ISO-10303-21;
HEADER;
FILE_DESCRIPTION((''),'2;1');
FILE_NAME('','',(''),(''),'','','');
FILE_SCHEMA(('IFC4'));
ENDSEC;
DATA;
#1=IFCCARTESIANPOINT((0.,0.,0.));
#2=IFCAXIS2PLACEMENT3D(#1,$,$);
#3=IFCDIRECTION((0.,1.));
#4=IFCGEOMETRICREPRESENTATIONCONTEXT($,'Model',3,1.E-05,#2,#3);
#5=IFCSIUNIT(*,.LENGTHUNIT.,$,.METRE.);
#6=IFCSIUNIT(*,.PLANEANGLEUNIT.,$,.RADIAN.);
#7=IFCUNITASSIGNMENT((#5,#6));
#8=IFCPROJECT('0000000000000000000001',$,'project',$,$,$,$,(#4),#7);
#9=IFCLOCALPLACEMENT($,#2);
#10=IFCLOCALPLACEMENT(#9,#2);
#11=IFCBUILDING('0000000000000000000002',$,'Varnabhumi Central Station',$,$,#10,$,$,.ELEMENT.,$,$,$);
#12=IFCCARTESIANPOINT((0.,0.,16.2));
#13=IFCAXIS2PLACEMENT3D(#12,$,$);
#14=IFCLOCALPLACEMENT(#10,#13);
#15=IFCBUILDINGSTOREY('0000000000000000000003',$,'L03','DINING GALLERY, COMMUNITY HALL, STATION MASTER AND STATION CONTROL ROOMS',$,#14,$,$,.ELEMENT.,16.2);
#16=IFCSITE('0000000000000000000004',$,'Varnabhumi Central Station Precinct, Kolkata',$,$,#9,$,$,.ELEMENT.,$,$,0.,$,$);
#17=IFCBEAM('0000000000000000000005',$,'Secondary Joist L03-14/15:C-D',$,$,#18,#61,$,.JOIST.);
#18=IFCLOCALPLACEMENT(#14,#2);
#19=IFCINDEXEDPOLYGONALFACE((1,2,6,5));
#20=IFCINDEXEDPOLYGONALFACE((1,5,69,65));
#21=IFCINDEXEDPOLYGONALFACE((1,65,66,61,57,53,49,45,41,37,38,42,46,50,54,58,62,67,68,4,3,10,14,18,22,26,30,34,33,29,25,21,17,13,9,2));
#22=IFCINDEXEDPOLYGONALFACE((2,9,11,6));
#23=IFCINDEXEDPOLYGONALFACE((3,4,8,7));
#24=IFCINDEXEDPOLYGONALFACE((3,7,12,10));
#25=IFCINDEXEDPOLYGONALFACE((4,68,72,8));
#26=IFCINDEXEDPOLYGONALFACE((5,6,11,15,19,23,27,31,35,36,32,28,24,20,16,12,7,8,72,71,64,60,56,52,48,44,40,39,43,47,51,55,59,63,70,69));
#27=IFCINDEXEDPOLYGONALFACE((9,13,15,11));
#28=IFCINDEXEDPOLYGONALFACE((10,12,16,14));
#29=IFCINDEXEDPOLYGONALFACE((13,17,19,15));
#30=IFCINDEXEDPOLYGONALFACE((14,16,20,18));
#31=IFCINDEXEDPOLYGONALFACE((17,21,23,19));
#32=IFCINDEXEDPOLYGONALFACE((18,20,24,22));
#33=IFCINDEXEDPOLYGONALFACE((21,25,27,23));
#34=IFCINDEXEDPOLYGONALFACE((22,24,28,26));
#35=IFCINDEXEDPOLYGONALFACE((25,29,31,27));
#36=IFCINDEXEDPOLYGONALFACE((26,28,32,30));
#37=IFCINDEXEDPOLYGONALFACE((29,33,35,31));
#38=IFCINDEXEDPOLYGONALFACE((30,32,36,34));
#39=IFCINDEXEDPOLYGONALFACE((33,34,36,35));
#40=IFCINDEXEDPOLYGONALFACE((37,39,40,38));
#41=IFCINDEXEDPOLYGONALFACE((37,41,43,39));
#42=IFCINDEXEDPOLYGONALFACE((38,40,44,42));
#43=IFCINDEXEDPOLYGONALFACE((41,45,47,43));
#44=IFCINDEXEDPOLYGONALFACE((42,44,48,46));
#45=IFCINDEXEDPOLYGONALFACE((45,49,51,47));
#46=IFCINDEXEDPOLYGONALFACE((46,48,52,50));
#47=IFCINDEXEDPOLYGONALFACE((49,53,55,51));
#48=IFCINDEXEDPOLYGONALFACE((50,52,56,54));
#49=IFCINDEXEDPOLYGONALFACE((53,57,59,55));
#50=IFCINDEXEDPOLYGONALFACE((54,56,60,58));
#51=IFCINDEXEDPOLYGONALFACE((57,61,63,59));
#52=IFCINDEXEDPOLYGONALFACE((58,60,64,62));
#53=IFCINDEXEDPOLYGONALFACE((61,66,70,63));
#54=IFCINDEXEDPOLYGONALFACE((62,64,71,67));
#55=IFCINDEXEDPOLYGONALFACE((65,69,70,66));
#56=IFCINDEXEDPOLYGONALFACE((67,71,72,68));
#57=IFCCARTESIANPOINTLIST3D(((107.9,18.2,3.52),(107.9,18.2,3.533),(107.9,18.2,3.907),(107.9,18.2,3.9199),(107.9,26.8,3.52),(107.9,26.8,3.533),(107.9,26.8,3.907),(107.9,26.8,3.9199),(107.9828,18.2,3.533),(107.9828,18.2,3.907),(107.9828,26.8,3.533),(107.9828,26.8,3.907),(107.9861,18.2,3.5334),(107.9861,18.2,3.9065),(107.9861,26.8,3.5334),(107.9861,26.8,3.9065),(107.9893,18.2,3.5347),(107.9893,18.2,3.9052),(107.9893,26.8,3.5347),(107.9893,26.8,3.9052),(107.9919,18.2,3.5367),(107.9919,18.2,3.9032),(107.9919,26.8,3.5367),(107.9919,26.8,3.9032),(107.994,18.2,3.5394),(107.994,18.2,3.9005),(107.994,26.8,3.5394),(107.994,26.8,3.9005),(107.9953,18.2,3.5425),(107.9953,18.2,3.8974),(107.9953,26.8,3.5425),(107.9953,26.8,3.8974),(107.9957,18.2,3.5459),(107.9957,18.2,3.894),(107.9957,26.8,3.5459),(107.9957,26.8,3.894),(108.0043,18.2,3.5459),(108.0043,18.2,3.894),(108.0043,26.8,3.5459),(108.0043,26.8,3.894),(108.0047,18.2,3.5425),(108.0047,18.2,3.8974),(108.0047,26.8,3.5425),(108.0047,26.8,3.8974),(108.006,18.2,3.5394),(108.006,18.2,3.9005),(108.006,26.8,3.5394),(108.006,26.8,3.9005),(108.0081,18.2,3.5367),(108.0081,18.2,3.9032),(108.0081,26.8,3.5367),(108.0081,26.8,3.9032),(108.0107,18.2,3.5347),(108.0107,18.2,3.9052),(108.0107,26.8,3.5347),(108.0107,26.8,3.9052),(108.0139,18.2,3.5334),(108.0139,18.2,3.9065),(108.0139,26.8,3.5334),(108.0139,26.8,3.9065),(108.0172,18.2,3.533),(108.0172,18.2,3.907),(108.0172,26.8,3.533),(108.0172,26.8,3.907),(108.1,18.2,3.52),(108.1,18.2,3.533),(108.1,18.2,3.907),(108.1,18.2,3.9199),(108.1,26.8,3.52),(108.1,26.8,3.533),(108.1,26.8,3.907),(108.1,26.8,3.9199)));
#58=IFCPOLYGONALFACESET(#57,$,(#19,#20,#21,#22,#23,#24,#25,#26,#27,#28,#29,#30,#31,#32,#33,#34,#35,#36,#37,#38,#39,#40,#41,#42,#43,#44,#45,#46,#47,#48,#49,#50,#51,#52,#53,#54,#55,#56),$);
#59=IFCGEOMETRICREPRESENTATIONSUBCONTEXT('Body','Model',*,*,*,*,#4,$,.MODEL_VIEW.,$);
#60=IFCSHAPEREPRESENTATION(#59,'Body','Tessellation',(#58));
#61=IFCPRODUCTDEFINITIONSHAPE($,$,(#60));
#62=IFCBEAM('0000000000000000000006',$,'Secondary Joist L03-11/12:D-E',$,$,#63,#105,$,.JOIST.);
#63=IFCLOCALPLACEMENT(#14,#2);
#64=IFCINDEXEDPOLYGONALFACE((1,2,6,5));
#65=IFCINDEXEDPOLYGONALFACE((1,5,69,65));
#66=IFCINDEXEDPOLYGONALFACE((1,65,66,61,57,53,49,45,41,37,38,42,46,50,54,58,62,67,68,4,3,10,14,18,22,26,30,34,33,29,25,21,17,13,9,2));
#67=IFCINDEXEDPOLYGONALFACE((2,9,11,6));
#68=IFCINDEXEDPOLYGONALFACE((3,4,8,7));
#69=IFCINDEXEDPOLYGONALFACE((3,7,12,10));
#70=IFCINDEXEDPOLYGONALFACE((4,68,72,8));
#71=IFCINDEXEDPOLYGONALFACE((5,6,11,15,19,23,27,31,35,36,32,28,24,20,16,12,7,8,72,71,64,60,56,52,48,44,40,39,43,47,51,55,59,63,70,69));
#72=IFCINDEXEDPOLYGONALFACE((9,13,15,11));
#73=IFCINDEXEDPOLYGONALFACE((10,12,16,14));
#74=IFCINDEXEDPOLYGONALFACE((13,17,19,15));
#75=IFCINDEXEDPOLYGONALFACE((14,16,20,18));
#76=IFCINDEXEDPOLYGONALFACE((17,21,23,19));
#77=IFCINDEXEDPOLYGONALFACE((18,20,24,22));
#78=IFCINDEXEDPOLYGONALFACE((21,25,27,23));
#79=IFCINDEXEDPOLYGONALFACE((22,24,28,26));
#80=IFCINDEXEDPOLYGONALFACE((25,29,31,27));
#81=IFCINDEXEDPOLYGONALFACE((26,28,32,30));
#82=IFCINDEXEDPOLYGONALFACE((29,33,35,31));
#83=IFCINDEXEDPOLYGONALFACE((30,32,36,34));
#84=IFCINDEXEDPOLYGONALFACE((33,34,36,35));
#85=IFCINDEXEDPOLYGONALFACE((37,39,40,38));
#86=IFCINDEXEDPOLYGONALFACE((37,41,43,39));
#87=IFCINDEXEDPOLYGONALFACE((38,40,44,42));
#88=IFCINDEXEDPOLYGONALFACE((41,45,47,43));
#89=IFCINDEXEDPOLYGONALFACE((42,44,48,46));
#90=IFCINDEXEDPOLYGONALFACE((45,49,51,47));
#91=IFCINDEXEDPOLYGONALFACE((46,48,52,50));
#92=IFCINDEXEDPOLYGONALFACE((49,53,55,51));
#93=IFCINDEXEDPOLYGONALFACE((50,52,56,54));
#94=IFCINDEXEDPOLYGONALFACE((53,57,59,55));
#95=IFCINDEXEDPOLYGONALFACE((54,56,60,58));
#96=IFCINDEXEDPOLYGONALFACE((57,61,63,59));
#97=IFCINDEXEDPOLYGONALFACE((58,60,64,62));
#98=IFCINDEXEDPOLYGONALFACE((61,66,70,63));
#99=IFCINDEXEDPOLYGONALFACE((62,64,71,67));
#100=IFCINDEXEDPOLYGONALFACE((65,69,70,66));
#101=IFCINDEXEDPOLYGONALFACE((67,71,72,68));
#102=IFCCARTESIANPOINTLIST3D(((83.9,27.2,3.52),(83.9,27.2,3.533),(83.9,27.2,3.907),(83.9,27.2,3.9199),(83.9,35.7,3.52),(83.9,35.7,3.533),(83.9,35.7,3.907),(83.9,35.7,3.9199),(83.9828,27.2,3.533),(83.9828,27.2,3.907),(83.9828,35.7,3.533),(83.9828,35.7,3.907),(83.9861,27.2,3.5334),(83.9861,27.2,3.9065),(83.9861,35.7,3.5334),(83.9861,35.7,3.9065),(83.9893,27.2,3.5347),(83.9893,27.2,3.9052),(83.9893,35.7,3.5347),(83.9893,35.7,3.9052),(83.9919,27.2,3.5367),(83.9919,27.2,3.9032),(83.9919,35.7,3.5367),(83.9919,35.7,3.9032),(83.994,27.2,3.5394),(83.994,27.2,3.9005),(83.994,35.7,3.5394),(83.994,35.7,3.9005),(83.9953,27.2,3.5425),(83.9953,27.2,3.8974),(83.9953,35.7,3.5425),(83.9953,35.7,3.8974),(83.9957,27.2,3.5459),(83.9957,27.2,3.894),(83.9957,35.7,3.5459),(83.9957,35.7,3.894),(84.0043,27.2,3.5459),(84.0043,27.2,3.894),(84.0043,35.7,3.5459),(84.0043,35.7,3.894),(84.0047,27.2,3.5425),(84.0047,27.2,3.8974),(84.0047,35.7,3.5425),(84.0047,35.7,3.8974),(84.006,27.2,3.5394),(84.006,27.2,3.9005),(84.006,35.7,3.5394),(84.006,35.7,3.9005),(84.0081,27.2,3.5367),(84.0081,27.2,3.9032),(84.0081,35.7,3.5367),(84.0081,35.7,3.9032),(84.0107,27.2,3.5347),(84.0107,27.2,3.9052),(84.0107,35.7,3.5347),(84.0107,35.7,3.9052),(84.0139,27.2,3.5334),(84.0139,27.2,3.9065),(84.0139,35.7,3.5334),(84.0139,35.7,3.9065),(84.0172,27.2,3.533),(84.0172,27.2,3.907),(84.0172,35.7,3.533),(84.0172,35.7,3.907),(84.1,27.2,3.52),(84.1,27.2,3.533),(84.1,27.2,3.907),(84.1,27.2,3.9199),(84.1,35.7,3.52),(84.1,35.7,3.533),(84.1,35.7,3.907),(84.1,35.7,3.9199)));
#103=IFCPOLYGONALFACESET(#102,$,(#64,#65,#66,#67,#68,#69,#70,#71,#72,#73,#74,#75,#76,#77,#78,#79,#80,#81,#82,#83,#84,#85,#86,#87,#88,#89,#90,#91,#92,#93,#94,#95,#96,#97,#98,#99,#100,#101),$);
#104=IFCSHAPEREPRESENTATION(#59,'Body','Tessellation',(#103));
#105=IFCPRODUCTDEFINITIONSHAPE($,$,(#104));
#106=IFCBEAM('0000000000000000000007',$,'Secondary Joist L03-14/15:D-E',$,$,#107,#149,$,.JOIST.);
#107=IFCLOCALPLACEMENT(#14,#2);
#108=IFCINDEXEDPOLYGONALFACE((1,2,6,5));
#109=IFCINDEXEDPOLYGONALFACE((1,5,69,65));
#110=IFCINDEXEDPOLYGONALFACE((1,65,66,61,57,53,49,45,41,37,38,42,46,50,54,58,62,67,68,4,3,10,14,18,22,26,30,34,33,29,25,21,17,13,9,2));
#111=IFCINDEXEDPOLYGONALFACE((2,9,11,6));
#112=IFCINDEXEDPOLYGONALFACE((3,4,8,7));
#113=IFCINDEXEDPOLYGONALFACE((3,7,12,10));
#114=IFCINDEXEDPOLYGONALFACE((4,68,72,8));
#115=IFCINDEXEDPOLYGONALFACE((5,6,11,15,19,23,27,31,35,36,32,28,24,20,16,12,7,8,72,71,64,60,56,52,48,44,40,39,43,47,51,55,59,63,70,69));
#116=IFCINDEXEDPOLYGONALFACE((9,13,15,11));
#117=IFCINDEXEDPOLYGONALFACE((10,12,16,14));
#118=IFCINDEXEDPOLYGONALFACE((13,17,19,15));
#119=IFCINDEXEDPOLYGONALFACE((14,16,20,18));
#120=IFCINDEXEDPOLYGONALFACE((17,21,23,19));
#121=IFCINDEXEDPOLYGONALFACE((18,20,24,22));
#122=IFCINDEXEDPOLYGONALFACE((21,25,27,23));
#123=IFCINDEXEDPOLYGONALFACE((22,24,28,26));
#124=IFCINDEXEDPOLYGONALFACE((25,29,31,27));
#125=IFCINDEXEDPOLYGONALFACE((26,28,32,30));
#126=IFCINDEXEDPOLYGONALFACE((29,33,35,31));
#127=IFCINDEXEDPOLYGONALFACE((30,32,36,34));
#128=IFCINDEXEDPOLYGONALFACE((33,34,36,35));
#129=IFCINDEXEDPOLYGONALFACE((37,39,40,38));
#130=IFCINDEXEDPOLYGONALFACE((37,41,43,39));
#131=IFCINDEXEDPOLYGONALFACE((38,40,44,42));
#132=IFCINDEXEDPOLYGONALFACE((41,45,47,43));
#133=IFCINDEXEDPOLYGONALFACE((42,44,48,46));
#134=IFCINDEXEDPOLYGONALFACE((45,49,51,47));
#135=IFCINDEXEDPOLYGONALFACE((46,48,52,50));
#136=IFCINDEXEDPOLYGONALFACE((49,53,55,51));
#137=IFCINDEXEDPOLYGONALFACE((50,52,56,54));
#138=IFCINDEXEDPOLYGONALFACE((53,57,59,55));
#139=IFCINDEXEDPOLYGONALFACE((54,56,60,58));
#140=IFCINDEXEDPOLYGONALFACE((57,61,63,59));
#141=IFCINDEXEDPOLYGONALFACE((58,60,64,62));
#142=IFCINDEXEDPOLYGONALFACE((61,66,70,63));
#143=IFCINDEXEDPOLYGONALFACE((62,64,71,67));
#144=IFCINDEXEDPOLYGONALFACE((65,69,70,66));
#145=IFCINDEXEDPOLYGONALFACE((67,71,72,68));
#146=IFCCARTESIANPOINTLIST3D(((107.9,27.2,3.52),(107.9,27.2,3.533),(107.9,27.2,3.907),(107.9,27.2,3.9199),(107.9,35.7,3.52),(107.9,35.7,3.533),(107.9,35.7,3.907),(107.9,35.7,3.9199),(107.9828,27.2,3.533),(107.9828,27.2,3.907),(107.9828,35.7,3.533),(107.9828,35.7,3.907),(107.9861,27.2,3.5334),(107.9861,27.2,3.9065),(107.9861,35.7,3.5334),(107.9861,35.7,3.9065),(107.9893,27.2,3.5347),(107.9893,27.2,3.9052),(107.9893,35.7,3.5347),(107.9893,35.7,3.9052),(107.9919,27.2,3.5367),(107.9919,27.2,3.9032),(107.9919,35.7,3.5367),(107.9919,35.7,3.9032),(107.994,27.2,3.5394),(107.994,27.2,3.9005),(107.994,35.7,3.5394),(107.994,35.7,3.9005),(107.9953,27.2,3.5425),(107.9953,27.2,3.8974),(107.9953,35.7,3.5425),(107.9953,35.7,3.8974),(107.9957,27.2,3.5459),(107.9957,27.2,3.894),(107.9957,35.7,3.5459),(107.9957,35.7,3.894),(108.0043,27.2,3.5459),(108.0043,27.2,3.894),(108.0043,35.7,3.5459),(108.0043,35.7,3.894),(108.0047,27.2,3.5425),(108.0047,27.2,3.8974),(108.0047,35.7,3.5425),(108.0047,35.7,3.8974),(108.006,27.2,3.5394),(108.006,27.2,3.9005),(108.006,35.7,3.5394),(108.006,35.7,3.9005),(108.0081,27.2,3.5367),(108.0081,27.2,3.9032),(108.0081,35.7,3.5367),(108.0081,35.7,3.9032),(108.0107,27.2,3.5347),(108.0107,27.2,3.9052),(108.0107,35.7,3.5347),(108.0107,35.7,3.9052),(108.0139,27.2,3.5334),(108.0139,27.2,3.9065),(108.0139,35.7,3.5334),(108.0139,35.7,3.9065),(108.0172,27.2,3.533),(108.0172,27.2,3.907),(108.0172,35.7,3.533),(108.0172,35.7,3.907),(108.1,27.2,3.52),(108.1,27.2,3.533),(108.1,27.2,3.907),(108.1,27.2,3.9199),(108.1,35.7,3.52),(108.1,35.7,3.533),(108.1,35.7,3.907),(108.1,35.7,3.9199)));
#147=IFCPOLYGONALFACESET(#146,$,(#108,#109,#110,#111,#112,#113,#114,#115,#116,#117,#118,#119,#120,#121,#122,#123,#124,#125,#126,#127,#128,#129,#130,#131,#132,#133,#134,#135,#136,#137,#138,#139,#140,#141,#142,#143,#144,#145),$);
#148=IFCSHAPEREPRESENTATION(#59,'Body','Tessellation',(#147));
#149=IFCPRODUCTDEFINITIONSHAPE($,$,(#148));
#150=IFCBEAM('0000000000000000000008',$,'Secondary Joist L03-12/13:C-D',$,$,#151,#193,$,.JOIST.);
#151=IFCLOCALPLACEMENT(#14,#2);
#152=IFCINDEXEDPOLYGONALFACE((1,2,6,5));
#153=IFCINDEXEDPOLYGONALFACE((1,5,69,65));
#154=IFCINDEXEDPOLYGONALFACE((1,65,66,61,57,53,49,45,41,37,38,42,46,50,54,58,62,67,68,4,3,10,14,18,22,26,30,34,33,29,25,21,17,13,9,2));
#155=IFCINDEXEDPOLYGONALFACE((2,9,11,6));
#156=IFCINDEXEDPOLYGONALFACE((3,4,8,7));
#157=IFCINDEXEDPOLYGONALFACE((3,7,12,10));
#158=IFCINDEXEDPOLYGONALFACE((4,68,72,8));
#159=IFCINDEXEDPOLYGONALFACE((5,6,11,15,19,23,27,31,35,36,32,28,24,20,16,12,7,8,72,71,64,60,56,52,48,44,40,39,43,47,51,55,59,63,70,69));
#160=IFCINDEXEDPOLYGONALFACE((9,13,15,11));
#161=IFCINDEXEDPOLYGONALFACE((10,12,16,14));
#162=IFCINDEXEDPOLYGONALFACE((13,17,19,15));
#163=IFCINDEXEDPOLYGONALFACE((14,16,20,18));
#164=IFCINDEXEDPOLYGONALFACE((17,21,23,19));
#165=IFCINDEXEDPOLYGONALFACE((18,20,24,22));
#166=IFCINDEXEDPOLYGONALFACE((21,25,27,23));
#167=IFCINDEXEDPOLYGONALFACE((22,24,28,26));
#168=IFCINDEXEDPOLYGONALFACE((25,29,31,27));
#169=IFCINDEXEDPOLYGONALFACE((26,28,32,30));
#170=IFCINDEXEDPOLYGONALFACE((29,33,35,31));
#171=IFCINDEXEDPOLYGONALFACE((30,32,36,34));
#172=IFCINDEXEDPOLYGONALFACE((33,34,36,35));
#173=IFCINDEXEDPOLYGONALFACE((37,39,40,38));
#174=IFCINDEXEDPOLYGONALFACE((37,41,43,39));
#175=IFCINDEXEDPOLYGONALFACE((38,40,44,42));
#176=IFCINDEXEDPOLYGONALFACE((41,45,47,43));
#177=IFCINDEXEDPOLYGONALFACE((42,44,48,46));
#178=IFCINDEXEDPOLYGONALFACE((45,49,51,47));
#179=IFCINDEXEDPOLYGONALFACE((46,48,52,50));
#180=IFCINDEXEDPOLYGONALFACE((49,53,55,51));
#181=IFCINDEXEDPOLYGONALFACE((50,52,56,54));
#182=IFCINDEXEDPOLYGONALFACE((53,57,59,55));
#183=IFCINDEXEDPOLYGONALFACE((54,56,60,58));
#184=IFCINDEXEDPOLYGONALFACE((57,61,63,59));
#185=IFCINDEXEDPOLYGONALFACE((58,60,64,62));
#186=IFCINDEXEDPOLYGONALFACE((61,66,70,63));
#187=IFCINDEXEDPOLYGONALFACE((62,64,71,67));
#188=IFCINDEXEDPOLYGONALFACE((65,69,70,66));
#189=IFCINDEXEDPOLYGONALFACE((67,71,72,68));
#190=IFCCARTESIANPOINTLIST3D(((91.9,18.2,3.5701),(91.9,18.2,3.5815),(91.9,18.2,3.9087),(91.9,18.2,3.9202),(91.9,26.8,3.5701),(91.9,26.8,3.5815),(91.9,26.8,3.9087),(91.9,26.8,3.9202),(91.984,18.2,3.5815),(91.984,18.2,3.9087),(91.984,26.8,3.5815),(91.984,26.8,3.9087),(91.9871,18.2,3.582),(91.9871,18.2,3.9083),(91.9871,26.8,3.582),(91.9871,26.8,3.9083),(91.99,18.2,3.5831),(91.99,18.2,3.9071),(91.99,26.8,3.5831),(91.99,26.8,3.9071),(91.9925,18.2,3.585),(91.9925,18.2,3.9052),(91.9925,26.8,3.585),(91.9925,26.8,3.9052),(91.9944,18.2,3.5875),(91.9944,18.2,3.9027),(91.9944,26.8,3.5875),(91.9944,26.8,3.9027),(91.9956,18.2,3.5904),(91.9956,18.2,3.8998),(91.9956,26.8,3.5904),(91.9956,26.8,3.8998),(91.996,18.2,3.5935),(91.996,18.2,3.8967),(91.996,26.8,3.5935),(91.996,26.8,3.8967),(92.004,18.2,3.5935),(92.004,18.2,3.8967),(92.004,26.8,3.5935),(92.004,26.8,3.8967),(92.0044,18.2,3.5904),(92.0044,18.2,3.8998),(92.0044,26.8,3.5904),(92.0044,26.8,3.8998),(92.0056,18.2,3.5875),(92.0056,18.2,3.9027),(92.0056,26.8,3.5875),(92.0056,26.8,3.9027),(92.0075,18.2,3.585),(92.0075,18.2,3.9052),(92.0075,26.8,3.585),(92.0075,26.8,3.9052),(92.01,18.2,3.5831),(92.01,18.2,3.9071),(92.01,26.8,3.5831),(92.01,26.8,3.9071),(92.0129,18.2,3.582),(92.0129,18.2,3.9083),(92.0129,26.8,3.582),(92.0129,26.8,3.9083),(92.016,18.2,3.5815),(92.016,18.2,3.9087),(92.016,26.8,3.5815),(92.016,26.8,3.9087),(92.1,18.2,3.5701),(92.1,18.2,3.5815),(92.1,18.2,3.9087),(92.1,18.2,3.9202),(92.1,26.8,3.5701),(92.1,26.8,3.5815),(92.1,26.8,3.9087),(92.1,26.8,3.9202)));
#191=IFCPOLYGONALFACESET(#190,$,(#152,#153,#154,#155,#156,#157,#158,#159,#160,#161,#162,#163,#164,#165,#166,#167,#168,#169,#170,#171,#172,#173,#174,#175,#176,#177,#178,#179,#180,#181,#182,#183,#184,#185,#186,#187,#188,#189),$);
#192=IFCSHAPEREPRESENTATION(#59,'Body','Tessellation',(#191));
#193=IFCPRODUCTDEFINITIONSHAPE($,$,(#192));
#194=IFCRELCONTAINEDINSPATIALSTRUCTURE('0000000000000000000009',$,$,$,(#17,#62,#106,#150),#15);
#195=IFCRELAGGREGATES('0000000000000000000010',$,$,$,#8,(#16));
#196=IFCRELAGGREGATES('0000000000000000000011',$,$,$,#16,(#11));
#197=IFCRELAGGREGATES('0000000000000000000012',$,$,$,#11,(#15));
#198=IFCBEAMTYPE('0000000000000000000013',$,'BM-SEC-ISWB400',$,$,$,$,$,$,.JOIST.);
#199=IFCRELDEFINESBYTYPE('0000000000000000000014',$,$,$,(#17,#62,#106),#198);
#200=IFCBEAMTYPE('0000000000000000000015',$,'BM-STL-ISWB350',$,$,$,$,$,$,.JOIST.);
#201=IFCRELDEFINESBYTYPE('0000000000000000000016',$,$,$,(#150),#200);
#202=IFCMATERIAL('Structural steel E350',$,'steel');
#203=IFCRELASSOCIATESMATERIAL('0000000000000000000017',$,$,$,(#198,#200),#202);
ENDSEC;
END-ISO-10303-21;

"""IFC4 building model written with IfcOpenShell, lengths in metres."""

from ifc_helpers import new_model, si_unit, direction, frame, origin, origin_2d, place, context, subcontext, project, spatial, i_section, extrude, material, material_profile, profile_set, type_object, element, save


model = new_model("IFC4")

# Units and contexts
model_context = context("Model", 3, precision=1e-05, world=origin(), true_north=direction((0.0, 1.0)))
body_context = subcontext(model_context, "Body", "Model", "MODEL_VIEW")
ifc_project = project(units=[si_unit("LENGTHUNIT", "METRE"), si_unit("PLANEANGLEUNIT", "RADIAN")], contexts=[model_context])

# Site, building, storey
site_placement = place(None, origin())
site = spatial("IfcSite", under=ifc_project, at=site_placement, Name="Varnabhumi Central Station Precinct, Kolkata", CompositionType="ELEMENT", RefElevation=0.0)
building_placement = place(site_placement, origin())
building = spatial("IfcBuilding", under=site, at=building_placement, Name="Varnabhumi Central Station", CompositionType="ELEMENT")
storey_placement = place(building_placement, frame((0.0, 0.0, 16.2)))
storey = spatial("IfcBuildingStorey", under=building, at=storey_placement, Name="L03", Description="DINING GALLERY, COMMUNITY HALL, STATION MASTER AND STATION CONTROL ROOMS", CompositionType="ELEMENT", Elevation=16.2)

# Beams
ifc_material_1 = material(Name="Structural steel E350", Category="steel")
ifc_material_profile_1 = material_profile(ifc_material_1, i_section(OverallWidth=0.2, OverallDepth=0.3999, WebThickness=0.0085, FlangeThickness=0.0129, FilletRadius=0.0129, at=origin_2d()), Name="Structural steel E350", Category="steel")
ifc_profile_set_1 = profile_set([ifc_material_profile_1], Name="Structural steel E350")
beam_type_1 = type_object("IfcBeamType", Name="BM-SEC-ISWB400", PredefinedType="JOIST", material=ifc_profile_set_1)
beam_1_placement = place(storey_placement, frame((108.0, 18.2, 3.72), z_axis=(0.0, 1.0, 0.0), x_axis=(-1.0, 0.0, 0.0)))
element("IfcBeam", 1, at=beam_1_placement, inside=storey, type_object=beam_type_1, Name="Secondary Joist L03-14/15:C-D", PredefinedType="JOIST", context=body_context, shape_type="SweptSolid", body=[
    extrude(i_section(OverallWidth=0.2, OverallDepth=0.3999, WebThickness=0.0085, FlangeThickness=0.0129, FilletRadius=0.0129, at=origin_2d()), origin(), (0.0, 0.0, 1.0), 8.6001),
])
for number, where, z_axis, x_axis, name in (
    (2, (84.0, 27.2, 3.72), (0.0, 1.0, 0.0), (-1.0, 0.0, 0.0), "Secondary Joist L03-11/12:D-E"),
    (3, (108.0, 27.2, 3.72), (0.0, 1.0, 0.0), (-1.0, 0.0, 0.0), "Secondary Joist L03-14/15:D-E"),
):
    element("IfcBeam", number, at=place(storey_placement, frame(where, z_axis=z_axis, x_axis=x_axis)), inside=storey, type_object=beam_type_1, Name=name, PredefinedType="JOIST", context=body_context, shape_type="SweptSolid", body=[
        extrude(i_section(OverallWidth=0.2, OverallDepth=0.3999, WebThickness=0.0085, FlangeThickness=0.0129, FilletRadius=0.0129, at=origin_2d()), origin(), (0.0, 0.0, 1.0), 8.5),
    ])
ifc_material_profile_2 = material_profile(ifc_material_1, i_section(OverallWidth=0.2, OverallDepth=0.3501, WebThickness=0.0081, FlangeThickness=0.0115, FilletRadius=0.012, at=origin_2d()), Name="Structural steel E350", Category="steel")
ifc_profile_set_2 = profile_set([ifc_material_profile_2], Name="Structural steel E350")
beam_type_2 = type_object("IfcBeamType", Name="BM-STL-ISWB350", PredefinedType="JOIST", material=ifc_profile_set_2)
beam_2_placement = place(storey_placement, frame((92.0, 18.2, 3.7451), z_axis=(0.0, 1.0, 0.0), x_axis=(-1.0, 0.0, 0.0)))
element("IfcBeam", 4, at=beam_2_placement, inside=storey, type_object=beam_type_2, Name="Secondary Joist L03-12/13:C-D", PredefinedType="JOIST", context=body_context, shape_type="SweptSolid", body=[
    extrude(i_section(OverallWidth=0.2, OverallDepth=0.3501, WebThickness=0.0081, FlangeThickness=0.0115, FilletRadius=0.012, at=origin_2d()), origin(), (0.0, 0.0, 1.0), 8.6001),
])

save(model, "model.ifc")
